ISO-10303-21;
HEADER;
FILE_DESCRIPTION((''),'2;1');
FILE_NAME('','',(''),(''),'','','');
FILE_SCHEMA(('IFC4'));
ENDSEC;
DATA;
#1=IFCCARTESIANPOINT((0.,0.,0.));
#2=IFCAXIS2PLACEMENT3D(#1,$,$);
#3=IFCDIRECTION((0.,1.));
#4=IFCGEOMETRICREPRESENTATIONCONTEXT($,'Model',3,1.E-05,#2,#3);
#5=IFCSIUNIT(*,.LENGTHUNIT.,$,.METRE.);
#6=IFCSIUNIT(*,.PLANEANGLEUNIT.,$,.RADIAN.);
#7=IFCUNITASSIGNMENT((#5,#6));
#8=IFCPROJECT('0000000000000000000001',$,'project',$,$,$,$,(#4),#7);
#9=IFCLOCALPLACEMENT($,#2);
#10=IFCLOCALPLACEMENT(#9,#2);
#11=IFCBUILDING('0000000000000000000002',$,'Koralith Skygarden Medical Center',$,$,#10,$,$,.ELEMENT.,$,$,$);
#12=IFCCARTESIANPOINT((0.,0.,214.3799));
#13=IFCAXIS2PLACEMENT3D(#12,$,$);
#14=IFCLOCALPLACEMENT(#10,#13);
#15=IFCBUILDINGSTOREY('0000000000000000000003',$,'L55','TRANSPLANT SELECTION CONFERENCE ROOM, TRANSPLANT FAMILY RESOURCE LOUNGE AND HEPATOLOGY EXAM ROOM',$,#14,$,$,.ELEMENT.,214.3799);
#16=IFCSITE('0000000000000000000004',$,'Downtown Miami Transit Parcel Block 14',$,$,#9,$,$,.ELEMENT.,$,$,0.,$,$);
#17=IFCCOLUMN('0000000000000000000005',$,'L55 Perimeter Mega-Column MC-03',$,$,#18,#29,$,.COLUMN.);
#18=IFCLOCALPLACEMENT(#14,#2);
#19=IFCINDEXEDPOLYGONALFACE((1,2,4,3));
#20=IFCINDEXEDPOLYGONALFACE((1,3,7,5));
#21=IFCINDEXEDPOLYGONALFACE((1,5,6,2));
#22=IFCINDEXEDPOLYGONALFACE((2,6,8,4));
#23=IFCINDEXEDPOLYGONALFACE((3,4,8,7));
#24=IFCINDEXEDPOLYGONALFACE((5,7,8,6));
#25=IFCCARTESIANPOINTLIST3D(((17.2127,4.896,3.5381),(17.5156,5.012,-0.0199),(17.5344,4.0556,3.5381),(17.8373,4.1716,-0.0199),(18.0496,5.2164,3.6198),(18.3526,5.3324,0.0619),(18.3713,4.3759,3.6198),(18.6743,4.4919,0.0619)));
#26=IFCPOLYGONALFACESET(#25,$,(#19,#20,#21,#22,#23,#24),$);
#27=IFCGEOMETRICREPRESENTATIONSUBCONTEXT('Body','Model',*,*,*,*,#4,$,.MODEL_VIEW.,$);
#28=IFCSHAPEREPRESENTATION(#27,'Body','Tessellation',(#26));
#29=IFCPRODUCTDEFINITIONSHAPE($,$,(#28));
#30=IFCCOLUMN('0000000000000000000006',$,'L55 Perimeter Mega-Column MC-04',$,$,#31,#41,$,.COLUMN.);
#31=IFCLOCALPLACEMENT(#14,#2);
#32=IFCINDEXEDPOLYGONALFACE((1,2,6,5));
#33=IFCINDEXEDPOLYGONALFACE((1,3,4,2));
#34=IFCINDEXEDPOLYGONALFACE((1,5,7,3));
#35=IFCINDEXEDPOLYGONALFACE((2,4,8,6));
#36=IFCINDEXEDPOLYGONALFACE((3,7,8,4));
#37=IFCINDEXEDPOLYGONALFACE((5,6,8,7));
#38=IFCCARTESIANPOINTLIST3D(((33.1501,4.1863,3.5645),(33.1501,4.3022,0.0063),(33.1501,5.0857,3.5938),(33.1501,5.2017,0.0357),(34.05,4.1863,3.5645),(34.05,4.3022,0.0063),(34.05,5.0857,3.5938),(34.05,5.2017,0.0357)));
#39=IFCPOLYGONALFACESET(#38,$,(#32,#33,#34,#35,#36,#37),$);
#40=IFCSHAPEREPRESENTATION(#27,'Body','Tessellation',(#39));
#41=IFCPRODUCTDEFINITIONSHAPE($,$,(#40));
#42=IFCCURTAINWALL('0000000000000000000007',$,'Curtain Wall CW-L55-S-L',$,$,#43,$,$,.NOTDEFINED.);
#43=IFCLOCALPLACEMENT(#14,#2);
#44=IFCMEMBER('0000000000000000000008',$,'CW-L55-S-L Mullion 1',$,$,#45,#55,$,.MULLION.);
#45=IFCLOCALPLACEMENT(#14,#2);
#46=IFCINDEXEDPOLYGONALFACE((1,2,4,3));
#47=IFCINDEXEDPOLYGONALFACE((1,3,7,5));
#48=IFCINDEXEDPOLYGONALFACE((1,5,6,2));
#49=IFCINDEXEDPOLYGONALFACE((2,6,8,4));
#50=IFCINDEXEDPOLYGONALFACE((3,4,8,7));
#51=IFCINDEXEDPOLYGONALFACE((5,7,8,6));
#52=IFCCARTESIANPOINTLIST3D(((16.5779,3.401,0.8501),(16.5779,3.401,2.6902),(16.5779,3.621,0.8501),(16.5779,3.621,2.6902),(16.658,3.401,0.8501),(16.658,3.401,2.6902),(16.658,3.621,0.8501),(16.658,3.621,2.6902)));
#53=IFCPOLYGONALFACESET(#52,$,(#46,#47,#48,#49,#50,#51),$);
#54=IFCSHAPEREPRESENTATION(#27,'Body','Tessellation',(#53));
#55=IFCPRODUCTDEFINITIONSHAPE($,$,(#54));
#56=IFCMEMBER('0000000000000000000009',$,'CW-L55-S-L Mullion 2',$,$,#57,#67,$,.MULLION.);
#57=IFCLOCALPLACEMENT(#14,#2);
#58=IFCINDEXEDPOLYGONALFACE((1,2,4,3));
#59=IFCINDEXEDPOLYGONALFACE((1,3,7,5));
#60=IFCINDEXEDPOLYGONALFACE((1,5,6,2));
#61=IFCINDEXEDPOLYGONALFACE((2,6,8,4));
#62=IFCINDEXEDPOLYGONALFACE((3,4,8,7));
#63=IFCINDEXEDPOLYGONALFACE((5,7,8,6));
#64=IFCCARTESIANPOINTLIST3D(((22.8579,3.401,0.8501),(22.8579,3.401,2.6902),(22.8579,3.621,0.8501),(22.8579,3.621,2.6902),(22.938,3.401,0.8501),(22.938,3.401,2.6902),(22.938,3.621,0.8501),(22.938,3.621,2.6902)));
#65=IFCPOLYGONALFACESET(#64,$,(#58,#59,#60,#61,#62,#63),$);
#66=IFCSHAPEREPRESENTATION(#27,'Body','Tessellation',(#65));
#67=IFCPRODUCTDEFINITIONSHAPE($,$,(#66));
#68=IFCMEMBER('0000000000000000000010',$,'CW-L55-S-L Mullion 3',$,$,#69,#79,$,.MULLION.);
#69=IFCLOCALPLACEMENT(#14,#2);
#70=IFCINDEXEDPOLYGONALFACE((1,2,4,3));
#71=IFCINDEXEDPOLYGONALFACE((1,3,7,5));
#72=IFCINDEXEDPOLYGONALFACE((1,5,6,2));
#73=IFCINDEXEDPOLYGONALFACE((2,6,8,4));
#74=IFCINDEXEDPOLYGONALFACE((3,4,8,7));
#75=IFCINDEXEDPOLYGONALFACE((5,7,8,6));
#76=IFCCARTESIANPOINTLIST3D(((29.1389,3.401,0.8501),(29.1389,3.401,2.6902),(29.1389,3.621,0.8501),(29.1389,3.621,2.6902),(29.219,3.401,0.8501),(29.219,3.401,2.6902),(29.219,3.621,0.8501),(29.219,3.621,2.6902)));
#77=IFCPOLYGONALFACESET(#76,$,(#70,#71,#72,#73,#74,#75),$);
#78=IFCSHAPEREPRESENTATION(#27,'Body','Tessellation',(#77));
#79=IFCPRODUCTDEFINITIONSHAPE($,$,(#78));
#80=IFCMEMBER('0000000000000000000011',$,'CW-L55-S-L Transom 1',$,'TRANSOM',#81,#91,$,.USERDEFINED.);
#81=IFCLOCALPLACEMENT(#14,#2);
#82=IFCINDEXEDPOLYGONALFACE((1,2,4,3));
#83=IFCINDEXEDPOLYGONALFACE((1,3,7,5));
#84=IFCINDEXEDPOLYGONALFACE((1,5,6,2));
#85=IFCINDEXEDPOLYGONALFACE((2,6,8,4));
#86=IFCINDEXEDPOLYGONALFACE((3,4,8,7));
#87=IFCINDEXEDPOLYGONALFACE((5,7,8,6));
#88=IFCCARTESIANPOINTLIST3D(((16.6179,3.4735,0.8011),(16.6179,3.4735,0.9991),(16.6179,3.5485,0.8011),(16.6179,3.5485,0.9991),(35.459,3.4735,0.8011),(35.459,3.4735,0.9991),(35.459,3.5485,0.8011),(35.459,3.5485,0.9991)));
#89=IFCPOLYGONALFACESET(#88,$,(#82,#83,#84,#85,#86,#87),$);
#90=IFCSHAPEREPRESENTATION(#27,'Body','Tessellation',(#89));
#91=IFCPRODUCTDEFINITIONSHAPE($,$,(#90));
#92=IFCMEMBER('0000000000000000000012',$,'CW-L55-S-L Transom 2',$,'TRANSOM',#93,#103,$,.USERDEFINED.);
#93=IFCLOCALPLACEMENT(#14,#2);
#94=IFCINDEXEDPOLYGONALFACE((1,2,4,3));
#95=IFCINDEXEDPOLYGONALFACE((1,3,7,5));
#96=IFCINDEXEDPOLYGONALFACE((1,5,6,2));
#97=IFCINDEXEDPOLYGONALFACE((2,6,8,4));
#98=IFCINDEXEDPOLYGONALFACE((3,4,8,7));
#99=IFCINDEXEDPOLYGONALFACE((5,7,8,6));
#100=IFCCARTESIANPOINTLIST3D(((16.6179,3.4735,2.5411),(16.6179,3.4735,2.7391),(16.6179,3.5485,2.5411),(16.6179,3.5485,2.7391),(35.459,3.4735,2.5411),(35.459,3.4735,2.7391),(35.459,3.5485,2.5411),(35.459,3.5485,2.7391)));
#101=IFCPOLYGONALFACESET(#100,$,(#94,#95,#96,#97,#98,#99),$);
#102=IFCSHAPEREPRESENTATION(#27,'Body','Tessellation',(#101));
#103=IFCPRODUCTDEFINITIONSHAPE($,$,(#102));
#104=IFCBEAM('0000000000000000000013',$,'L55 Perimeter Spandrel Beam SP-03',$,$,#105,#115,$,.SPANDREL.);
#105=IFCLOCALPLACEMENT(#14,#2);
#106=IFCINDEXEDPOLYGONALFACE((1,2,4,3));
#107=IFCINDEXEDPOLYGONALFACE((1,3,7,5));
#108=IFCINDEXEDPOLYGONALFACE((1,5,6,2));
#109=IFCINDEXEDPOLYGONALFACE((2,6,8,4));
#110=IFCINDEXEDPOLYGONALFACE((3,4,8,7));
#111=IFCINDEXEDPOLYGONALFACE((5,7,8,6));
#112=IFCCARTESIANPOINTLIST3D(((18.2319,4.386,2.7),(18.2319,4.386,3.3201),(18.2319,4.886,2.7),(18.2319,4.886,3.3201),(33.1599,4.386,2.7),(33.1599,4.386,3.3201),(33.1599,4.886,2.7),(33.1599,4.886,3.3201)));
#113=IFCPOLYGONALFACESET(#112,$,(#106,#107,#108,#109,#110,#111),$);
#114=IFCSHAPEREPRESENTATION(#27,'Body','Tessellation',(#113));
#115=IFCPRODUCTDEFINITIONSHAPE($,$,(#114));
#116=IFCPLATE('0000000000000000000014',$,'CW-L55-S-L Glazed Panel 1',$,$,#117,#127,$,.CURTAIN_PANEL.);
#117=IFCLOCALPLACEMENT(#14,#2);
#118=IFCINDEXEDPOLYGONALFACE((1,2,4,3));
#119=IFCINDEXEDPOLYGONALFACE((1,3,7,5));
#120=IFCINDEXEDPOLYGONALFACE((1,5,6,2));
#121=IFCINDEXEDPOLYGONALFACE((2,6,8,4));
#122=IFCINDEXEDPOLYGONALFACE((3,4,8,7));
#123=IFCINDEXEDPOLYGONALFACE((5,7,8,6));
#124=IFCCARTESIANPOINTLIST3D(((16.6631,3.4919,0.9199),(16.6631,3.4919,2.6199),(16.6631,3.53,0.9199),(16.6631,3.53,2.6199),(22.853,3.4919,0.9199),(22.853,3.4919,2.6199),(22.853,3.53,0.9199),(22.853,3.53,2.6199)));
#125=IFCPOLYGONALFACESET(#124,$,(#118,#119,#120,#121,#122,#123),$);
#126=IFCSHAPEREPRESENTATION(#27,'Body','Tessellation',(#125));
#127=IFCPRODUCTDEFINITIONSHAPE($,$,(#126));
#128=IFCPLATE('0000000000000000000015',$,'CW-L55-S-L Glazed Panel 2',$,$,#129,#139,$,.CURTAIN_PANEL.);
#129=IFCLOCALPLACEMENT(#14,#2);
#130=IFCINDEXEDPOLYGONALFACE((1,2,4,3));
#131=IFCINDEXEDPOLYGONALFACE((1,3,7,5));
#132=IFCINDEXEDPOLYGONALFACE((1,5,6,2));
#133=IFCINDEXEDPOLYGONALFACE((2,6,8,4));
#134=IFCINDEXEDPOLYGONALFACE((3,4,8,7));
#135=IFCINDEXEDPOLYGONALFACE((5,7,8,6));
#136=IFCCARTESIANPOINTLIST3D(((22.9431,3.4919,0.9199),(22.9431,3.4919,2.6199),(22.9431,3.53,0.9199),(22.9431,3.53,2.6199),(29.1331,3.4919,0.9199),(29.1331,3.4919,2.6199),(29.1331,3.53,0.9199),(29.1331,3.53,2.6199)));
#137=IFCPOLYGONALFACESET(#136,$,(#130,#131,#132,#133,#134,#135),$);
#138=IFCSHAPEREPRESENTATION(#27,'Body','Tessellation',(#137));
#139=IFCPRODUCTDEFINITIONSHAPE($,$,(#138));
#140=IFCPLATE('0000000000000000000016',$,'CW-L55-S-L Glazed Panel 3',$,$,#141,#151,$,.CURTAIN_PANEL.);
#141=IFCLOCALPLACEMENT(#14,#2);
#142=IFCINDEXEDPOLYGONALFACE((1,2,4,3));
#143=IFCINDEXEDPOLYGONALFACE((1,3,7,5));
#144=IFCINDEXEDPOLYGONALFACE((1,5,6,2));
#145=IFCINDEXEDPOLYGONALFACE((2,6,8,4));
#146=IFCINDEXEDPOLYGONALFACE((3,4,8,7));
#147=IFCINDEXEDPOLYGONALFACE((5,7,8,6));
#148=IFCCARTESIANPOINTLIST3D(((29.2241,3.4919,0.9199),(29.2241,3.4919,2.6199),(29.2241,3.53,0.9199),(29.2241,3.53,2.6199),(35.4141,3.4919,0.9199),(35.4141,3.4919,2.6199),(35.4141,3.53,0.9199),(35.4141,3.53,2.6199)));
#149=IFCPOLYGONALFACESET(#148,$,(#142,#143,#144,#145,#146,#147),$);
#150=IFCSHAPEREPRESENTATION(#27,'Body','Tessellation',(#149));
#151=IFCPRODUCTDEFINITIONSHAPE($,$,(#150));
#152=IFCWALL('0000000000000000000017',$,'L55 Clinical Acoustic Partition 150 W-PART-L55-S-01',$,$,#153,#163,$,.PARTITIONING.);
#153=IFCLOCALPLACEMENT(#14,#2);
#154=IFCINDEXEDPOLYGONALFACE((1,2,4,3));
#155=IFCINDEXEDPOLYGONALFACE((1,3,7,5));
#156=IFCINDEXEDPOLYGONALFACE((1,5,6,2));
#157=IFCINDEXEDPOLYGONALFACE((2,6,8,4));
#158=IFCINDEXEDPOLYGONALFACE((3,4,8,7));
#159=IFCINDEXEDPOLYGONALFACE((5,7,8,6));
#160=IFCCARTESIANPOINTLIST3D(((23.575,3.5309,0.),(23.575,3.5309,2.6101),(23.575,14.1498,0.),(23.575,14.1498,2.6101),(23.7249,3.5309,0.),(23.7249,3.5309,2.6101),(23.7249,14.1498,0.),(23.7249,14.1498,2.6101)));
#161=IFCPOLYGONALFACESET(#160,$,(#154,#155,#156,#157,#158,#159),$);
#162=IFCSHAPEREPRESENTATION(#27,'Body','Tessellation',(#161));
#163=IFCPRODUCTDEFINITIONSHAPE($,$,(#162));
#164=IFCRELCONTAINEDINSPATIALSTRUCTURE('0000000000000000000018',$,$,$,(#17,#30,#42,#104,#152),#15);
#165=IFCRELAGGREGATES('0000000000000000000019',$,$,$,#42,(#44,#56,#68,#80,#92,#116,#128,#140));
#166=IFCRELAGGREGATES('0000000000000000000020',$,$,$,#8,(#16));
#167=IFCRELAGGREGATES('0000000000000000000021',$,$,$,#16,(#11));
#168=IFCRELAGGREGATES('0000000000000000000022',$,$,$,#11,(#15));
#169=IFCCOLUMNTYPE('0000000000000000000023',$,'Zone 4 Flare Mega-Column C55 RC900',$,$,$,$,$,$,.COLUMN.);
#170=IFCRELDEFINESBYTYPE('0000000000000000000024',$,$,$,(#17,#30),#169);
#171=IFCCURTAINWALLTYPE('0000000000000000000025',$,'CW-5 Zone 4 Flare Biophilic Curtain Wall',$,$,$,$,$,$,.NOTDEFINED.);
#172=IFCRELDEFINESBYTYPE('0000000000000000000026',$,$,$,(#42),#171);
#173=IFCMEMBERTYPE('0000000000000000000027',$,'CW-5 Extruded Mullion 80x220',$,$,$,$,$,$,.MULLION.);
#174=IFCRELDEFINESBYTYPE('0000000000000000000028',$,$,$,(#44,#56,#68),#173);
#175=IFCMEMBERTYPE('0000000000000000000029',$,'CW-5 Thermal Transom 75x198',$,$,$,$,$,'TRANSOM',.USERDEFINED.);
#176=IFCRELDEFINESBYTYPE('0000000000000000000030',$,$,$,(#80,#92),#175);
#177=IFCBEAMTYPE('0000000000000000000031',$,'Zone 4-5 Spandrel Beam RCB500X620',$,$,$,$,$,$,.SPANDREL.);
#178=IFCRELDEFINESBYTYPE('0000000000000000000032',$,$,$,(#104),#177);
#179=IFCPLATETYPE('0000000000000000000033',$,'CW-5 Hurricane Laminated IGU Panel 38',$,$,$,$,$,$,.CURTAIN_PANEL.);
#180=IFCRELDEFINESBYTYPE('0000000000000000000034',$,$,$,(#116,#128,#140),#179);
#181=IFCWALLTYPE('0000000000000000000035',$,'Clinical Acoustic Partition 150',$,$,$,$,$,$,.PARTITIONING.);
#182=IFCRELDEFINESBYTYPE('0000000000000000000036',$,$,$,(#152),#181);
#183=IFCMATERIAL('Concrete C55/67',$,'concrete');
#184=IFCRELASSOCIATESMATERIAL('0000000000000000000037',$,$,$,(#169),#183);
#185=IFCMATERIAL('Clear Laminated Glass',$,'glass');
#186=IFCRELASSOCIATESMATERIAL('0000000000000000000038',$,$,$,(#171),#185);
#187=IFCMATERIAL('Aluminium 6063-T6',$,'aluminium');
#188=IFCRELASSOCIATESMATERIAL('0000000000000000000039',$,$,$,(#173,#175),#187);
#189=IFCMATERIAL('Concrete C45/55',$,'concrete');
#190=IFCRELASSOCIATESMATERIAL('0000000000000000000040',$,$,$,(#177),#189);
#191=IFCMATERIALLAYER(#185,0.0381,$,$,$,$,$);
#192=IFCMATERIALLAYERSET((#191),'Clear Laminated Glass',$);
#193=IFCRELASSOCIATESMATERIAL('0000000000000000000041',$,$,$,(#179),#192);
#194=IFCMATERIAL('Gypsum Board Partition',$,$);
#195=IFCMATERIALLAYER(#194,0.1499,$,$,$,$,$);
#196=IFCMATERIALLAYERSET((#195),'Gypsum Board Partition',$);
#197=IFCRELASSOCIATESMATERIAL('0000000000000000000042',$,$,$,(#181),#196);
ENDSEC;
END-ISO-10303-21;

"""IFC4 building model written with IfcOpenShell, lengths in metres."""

from ifc_helpers import new_model, si_unit, direction, frame, frame_2d, origin, origin_2d, place, context, subcontext, project, spatial, rectangle, extrude, material, layer, layer_set, material_profile, profile_set, type_object, element, aggregate, save


model = new_model("IFC4")

# Units and contexts
model_context = context("Model", 3, precision=1e-05, world=origin(), true_north=direction((0.0, 1.0)))
body_context = subcontext(model_context, "Body", "Model", "MODEL_VIEW")
ifc_project = project(units=[si_unit("LENGTHUNIT", "METRE"), si_unit("PLANEANGLEUNIT", "RADIAN")], contexts=[model_context])

# Site, building, storey
site_placement = place(None, origin())
site = spatial("IfcSite", under=ifc_project, at=site_placement, Name="Downtown Miami Transit Parcel Block 14", CompositionType="ELEMENT", RefElevation=0.0)
building_placement = place(site_placement, origin())
building = spatial("IfcBuilding", under=site, at=building_placement, Name="Koralith Skygarden Medical Center", CompositionType="ELEMENT")
storey_placement = place(building_placement, frame((0.0, 0.0, 214.3799)))
storey = spatial("IfcBuildingStorey", under=building, at=storey_placement, Name="L55", Description="TRANSPLANT SELECTION CONFERENCE ROOM, TRANSPLANT FAMILY RESOURCE LOUNGE AND HEPATOLOGY EXAM ROOM", CompositionType="ELEMENT", Elevation=214.3799)

# Columns
ifc_material_1 = material(Name="Concrete C55/67", Category="concrete")
ifc_material_profile_1 = material_profile(ifc_material_1, rectangle(XDim=0.8999, YDim=0.8999, at=origin_2d()), Name="RC900X900")
ifc_profile_set_1 = profile_set([ifc_material_profile_1], Name="Concrete C55/67")
column_type = type_object("IfcColumnType", Name="Zone 4 Flare Mega-Column C55 RC900", PredefinedType="COLUMN", material=ifc_profile_set_1)
column_1_placement = place(storey_placement, frame((18.095, 4.752, 0.021), z_axis=(-0.0848, -0.032458, 0.995869), x_axis=(0.357466, -0.933926, 0.0)))
element("IfcColumn", 1, at=column_1_placement, inside=storey, type_object=column_type, Name="L55 Perimeter Mega-Column MC-03", PredefinedType="COLUMN", context=body_context, shape_type="SweptSolid", body=[
    extrude(rectangle(XDim=0.8999, YDim=0.8999, at=origin_2d()), origin(), (0.0, 0.0, 1.0), 3.5728),
])
column_2_placement = place(storey_placement, frame((33.6001, 4.752, 0.021), z_axis=(0.0, -0.032575, 0.999469), x_axis=(1.0, 0.0, 0.0)))
element("IfcColumn", 2, at=column_2_placement, inside=storey, type_object=column_type, Name="L55 Perimeter Mega-Column MC-04", PredefinedType="COLUMN", context=body_context, shape_type="SweptSolid", body=[
    extrude(rectangle(XDim=0.8999, YDim=0.8999, at=origin_2d()), origin(), (0.0, 0.0, 1.0), 3.5601),
])

# Curtain wall, members
ifc_material_2 = material(Name="Clear Laminated Glass", Category="glass")
curtain_wall_type = type_object("IfcCurtainWallType", Name="CW-5 Zone 4 Flare Biophilic Curtain Wall", PredefinedType="NOTDEFINED", material=ifc_material_2)
curtain_wall_placement = place(storey_placement, origin())
curtain_wall = element("IfcCurtainWall", 3, at=curtain_wall_placement, inside=storey, type_object=curtain_wall_type, Name="Curtain Wall CW-L55-S-L", PredefinedType="NOTDEFINED")
ifc_material_3 = material(Name="Aluminium 6063-T6", Category="aluminium")
ifc_material_profile_2 = material_profile(ifc_material_3, rectangle(XDim=0.0801, YDim=0.22, at=origin_2d()), Name="MUL80X220")
ifc_profile_set_2 = profile_set([ifc_material_profile_2], Name="Aluminium 6063-T6")
member_type_1 = type_object("IfcMemberType", Name="CW-5 Extruded Mullion 80x220", PredefinedType="MULLION", material=ifc_profile_set_2)
member_1_placement = place(storey_placement, frame((16.6179, 3.511, 0.8501), z_axis=(0.0, 0.0, 1.0), x_axis=(1.0, 0.0, 0.0)))
member_1 = element("IfcMember", 4, at=member_1_placement, type_object=member_type_1, Name="CW-L55-S-L Mullion 1", PredefinedType="MULLION", context=body_context, shape_type="SweptSolid", body=[
    extrude(rectangle(XDim=0.0801, YDim=0.22, at=origin_2d()), origin(), (0.0, 0.0, 1.0), 1.8401),
])
member_2_placement = place(storey_placement, frame((22.8979, 3.511, 0.8501), z_axis=(0.0, 0.0, 1.0), x_axis=(1.0, 0.0, 0.0)))
member_2 = element("IfcMember", 5, at=member_2_placement, type_object=member_type_1, Name="CW-L55-S-L Mullion 2", PredefinedType="MULLION", context=body_context, shape_type="SweptSolid", body=[
    extrude(rectangle(XDim=0.0801, YDim=0.22, at=origin_2d()), origin(), (0.0, 0.0, 1.0), 1.8401),
])
member_3_placement = place(storey_placement, frame((29.179, 3.511, 0.8501), z_axis=(0.0, 0.0, 1.0), x_axis=(1.0, 0.0, 0.0)))
member_3 = element("IfcMember", 6, at=member_3_placement, type_object=member_type_1, Name="CW-L55-S-L Mullion 3", PredefinedType="MULLION", context=body_context, shape_type="SweptSolid", body=[
    extrude(rectangle(XDim=0.0801, YDim=0.22, at=origin_2d()), origin(), (0.0, 0.0, 1.0), 1.8401),
])
ifc_material_profile_3 = material_profile(ifc_material_3, rectangle(XDim=0.075, YDim=0.198, at=origin_2d()), Name="TRN75X198")
ifc_profile_set_3 = profile_set([ifc_material_profile_3], Name="Aluminium 6063-T6")
member_type_2 = type_object("IfcMemberType", Name="CW-5 Thermal Transom 75x198", ElementType="TRANSOM", PredefinedType="USERDEFINED", material=ifc_profile_set_3)
member_4_placement = place(storey_placement, frame((16.6179, 3.511, 0.9001), z_axis=(1.0, 0.0, 0.0), x_axis=(0.0, 1.0, 0.0)))
member_4 = element("IfcMember", 7, at=member_4_placement, type_object=member_type_2, Name="CW-L55-S-L Transom 1", ObjectType="TRANSOM", PredefinedType="USERDEFINED", context=body_context, shape_type="SweptSolid", body=[
    extrude(rectangle(XDim=0.075, YDim=0.198, at=origin_2d()), origin(), (0.0, 0.0, 1.0), 18.8411),
])
member_5_placement = place(storey_placement, frame((16.6179, 3.511, 2.6401), z_axis=(1.0, 0.0, 0.0), x_axis=(0.0, 1.0, 0.0)))
member_5 = element("IfcMember", 8, at=member_5_placement, type_object=member_type_2, Name="CW-L55-S-L Transom 2", ObjectType="TRANSOM", PredefinedType="USERDEFINED", context=body_context, shape_type="SweptSolid", body=[
    extrude(rectangle(XDim=0.075, YDim=0.198, at=origin_2d()), origin(), (0.0, 0.0, 1.0), 18.8411),
])

# Beam
ifc_material_4 = material(Name="Concrete C45/55", Category="concrete")
ifc_material_profile_4 = material_profile(ifc_material_4, rectangle(XDim=0.5, YDim=0.6201, at=origin_2d()), Name="RCB500X620")
ifc_profile_set_4 = profile_set([ifc_material_profile_4], Name="Concrete C45/55")
beam_type = type_object("IfcBeamType", Name="Zone 4-5 Spandrel Beam RCB500X620", PredefinedType="SPANDREL", material=ifc_profile_set_4)
beam_placement = place(storey_placement, frame((18.2319, 4.636, 3.01), z_axis=(1.0, 0.0, 0.0), x_axis=(0.0, 1.0, 0.0)))
element("IfcBeam", 9, at=beam_placement, inside=storey, type_object=beam_type, Name="L55 Perimeter Spandrel Beam SP-03", PredefinedType="SPANDREL", context=body_context, shape_type="SweptSolid", body=[
    extrude(rectangle(XDim=0.5, YDim=0.6201, at=origin_2d()), origin(), (0.0, 0.0, 1.0), 14.928),
])

# Plates
ifc_layer_1 = layer(ifc_material_2, 0.0381)
ifc_layer_set_1 = layer_set([ifc_layer_1], Name="Clear Laminated Glass")
plate_type = type_object("IfcPlateType", Name="CW-5 Hurricane Laminated IGU Panel 38", PredefinedType="CURTAIN_PANEL", material=ifc_layer_set_1)
plate_1_placement = place(storey_placement, frame((19.7581, 3.511, 0.9199), z_axis=(0.0, 0.0, 1.0), x_axis=(1.0, 0.0, 0.0)))
plate_1 = element("IfcPlate", 10, at=plate_1_placement, type_object=plate_type, Name="CW-L55-S-L Glazed Panel 1", PredefinedType="CURTAIN_PANEL", context=body_context, shape_type="SweptSolid", body=[
    extrude(rectangle(XDim=6.1899, YDim=0.0381, at=origin_2d()), origin(), (0.0, 0.0, 1.0), 1.7),
])
plate_2_placement = place(storey_placement, frame((26.0381, 3.511, 0.9199), z_axis=(0.0, 0.0, 1.0), x_axis=(1.0, 0.0, 0.0)))
plate_2 = element("IfcPlate", 11, at=plate_2_placement, type_object=plate_type, Name="CW-L55-S-L Glazed Panel 2", PredefinedType="CURTAIN_PANEL", context=body_context, shape_type="SweptSolid", body=[
    extrude(rectangle(XDim=6.1899, YDim=0.0381, at=origin_2d()), origin(), (0.0, 0.0, 1.0), 1.7),
])
plate_3_placement = place(storey_placement, frame((32.3191, 3.511, 0.9199), z_axis=(0.0, 0.0, 1.0), x_axis=(1.0, 0.0, 0.0)))
plate_3 = element("IfcPlate", 12, at=plate_3_placement, type_object=plate_type, Name="CW-L55-S-L Glazed Panel 3", PredefinedType="CURTAIN_PANEL", context=body_context, shape_type="SweptSolid", body=[
    extrude(rectangle(XDim=6.1899, YDim=0.0381, at=origin_2d()), origin(), (0.0, 0.0, 1.0), 1.7),
])
aggregate(curtain_wall, [member_1, member_2, member_3, member_4, member_5, plate_1, plate_2, plate_3])

# Wall
ifc_material_5 = material(Name="Gypsum Board Partition")
ifc_layer_2 = layer(ifc_material_5, 0.1499)
ifc_layer_set_2 = layer_set([ifc_layer_2], Name="Gypsum Board Partition")
wall_type_1 = type_object("IfcWallType", Name="Clinical Acoustic Partition 150", PredefinedType="PARTITIONING", material=ifc_layer_set_2)
wall_1_placement = place(storey_placement, frame((23.6499, 14.1499, 0.0), z_axis=(0.0, 0.0, 1.0), x_axis=(0.0, -1.0, 0.0)))
element("IfcWall", 13, at=wall_1_placement, inside=storey, type_object=wall_type_1, Name="L55 Clinical Acoustic Partition 150 W-PART-L55-S-01", PredefinedType="PARTITIONING", context=body_context, shape_type="SweptSolid", body=[
    extrude(rectangle(XDim=10.6189, YDim=0.1499, at=frame_2d((5.3096, 0.0))), origin(), (0.0, 0.0, 1.0), 2.6101),
])

save(model, "model.ifc")
